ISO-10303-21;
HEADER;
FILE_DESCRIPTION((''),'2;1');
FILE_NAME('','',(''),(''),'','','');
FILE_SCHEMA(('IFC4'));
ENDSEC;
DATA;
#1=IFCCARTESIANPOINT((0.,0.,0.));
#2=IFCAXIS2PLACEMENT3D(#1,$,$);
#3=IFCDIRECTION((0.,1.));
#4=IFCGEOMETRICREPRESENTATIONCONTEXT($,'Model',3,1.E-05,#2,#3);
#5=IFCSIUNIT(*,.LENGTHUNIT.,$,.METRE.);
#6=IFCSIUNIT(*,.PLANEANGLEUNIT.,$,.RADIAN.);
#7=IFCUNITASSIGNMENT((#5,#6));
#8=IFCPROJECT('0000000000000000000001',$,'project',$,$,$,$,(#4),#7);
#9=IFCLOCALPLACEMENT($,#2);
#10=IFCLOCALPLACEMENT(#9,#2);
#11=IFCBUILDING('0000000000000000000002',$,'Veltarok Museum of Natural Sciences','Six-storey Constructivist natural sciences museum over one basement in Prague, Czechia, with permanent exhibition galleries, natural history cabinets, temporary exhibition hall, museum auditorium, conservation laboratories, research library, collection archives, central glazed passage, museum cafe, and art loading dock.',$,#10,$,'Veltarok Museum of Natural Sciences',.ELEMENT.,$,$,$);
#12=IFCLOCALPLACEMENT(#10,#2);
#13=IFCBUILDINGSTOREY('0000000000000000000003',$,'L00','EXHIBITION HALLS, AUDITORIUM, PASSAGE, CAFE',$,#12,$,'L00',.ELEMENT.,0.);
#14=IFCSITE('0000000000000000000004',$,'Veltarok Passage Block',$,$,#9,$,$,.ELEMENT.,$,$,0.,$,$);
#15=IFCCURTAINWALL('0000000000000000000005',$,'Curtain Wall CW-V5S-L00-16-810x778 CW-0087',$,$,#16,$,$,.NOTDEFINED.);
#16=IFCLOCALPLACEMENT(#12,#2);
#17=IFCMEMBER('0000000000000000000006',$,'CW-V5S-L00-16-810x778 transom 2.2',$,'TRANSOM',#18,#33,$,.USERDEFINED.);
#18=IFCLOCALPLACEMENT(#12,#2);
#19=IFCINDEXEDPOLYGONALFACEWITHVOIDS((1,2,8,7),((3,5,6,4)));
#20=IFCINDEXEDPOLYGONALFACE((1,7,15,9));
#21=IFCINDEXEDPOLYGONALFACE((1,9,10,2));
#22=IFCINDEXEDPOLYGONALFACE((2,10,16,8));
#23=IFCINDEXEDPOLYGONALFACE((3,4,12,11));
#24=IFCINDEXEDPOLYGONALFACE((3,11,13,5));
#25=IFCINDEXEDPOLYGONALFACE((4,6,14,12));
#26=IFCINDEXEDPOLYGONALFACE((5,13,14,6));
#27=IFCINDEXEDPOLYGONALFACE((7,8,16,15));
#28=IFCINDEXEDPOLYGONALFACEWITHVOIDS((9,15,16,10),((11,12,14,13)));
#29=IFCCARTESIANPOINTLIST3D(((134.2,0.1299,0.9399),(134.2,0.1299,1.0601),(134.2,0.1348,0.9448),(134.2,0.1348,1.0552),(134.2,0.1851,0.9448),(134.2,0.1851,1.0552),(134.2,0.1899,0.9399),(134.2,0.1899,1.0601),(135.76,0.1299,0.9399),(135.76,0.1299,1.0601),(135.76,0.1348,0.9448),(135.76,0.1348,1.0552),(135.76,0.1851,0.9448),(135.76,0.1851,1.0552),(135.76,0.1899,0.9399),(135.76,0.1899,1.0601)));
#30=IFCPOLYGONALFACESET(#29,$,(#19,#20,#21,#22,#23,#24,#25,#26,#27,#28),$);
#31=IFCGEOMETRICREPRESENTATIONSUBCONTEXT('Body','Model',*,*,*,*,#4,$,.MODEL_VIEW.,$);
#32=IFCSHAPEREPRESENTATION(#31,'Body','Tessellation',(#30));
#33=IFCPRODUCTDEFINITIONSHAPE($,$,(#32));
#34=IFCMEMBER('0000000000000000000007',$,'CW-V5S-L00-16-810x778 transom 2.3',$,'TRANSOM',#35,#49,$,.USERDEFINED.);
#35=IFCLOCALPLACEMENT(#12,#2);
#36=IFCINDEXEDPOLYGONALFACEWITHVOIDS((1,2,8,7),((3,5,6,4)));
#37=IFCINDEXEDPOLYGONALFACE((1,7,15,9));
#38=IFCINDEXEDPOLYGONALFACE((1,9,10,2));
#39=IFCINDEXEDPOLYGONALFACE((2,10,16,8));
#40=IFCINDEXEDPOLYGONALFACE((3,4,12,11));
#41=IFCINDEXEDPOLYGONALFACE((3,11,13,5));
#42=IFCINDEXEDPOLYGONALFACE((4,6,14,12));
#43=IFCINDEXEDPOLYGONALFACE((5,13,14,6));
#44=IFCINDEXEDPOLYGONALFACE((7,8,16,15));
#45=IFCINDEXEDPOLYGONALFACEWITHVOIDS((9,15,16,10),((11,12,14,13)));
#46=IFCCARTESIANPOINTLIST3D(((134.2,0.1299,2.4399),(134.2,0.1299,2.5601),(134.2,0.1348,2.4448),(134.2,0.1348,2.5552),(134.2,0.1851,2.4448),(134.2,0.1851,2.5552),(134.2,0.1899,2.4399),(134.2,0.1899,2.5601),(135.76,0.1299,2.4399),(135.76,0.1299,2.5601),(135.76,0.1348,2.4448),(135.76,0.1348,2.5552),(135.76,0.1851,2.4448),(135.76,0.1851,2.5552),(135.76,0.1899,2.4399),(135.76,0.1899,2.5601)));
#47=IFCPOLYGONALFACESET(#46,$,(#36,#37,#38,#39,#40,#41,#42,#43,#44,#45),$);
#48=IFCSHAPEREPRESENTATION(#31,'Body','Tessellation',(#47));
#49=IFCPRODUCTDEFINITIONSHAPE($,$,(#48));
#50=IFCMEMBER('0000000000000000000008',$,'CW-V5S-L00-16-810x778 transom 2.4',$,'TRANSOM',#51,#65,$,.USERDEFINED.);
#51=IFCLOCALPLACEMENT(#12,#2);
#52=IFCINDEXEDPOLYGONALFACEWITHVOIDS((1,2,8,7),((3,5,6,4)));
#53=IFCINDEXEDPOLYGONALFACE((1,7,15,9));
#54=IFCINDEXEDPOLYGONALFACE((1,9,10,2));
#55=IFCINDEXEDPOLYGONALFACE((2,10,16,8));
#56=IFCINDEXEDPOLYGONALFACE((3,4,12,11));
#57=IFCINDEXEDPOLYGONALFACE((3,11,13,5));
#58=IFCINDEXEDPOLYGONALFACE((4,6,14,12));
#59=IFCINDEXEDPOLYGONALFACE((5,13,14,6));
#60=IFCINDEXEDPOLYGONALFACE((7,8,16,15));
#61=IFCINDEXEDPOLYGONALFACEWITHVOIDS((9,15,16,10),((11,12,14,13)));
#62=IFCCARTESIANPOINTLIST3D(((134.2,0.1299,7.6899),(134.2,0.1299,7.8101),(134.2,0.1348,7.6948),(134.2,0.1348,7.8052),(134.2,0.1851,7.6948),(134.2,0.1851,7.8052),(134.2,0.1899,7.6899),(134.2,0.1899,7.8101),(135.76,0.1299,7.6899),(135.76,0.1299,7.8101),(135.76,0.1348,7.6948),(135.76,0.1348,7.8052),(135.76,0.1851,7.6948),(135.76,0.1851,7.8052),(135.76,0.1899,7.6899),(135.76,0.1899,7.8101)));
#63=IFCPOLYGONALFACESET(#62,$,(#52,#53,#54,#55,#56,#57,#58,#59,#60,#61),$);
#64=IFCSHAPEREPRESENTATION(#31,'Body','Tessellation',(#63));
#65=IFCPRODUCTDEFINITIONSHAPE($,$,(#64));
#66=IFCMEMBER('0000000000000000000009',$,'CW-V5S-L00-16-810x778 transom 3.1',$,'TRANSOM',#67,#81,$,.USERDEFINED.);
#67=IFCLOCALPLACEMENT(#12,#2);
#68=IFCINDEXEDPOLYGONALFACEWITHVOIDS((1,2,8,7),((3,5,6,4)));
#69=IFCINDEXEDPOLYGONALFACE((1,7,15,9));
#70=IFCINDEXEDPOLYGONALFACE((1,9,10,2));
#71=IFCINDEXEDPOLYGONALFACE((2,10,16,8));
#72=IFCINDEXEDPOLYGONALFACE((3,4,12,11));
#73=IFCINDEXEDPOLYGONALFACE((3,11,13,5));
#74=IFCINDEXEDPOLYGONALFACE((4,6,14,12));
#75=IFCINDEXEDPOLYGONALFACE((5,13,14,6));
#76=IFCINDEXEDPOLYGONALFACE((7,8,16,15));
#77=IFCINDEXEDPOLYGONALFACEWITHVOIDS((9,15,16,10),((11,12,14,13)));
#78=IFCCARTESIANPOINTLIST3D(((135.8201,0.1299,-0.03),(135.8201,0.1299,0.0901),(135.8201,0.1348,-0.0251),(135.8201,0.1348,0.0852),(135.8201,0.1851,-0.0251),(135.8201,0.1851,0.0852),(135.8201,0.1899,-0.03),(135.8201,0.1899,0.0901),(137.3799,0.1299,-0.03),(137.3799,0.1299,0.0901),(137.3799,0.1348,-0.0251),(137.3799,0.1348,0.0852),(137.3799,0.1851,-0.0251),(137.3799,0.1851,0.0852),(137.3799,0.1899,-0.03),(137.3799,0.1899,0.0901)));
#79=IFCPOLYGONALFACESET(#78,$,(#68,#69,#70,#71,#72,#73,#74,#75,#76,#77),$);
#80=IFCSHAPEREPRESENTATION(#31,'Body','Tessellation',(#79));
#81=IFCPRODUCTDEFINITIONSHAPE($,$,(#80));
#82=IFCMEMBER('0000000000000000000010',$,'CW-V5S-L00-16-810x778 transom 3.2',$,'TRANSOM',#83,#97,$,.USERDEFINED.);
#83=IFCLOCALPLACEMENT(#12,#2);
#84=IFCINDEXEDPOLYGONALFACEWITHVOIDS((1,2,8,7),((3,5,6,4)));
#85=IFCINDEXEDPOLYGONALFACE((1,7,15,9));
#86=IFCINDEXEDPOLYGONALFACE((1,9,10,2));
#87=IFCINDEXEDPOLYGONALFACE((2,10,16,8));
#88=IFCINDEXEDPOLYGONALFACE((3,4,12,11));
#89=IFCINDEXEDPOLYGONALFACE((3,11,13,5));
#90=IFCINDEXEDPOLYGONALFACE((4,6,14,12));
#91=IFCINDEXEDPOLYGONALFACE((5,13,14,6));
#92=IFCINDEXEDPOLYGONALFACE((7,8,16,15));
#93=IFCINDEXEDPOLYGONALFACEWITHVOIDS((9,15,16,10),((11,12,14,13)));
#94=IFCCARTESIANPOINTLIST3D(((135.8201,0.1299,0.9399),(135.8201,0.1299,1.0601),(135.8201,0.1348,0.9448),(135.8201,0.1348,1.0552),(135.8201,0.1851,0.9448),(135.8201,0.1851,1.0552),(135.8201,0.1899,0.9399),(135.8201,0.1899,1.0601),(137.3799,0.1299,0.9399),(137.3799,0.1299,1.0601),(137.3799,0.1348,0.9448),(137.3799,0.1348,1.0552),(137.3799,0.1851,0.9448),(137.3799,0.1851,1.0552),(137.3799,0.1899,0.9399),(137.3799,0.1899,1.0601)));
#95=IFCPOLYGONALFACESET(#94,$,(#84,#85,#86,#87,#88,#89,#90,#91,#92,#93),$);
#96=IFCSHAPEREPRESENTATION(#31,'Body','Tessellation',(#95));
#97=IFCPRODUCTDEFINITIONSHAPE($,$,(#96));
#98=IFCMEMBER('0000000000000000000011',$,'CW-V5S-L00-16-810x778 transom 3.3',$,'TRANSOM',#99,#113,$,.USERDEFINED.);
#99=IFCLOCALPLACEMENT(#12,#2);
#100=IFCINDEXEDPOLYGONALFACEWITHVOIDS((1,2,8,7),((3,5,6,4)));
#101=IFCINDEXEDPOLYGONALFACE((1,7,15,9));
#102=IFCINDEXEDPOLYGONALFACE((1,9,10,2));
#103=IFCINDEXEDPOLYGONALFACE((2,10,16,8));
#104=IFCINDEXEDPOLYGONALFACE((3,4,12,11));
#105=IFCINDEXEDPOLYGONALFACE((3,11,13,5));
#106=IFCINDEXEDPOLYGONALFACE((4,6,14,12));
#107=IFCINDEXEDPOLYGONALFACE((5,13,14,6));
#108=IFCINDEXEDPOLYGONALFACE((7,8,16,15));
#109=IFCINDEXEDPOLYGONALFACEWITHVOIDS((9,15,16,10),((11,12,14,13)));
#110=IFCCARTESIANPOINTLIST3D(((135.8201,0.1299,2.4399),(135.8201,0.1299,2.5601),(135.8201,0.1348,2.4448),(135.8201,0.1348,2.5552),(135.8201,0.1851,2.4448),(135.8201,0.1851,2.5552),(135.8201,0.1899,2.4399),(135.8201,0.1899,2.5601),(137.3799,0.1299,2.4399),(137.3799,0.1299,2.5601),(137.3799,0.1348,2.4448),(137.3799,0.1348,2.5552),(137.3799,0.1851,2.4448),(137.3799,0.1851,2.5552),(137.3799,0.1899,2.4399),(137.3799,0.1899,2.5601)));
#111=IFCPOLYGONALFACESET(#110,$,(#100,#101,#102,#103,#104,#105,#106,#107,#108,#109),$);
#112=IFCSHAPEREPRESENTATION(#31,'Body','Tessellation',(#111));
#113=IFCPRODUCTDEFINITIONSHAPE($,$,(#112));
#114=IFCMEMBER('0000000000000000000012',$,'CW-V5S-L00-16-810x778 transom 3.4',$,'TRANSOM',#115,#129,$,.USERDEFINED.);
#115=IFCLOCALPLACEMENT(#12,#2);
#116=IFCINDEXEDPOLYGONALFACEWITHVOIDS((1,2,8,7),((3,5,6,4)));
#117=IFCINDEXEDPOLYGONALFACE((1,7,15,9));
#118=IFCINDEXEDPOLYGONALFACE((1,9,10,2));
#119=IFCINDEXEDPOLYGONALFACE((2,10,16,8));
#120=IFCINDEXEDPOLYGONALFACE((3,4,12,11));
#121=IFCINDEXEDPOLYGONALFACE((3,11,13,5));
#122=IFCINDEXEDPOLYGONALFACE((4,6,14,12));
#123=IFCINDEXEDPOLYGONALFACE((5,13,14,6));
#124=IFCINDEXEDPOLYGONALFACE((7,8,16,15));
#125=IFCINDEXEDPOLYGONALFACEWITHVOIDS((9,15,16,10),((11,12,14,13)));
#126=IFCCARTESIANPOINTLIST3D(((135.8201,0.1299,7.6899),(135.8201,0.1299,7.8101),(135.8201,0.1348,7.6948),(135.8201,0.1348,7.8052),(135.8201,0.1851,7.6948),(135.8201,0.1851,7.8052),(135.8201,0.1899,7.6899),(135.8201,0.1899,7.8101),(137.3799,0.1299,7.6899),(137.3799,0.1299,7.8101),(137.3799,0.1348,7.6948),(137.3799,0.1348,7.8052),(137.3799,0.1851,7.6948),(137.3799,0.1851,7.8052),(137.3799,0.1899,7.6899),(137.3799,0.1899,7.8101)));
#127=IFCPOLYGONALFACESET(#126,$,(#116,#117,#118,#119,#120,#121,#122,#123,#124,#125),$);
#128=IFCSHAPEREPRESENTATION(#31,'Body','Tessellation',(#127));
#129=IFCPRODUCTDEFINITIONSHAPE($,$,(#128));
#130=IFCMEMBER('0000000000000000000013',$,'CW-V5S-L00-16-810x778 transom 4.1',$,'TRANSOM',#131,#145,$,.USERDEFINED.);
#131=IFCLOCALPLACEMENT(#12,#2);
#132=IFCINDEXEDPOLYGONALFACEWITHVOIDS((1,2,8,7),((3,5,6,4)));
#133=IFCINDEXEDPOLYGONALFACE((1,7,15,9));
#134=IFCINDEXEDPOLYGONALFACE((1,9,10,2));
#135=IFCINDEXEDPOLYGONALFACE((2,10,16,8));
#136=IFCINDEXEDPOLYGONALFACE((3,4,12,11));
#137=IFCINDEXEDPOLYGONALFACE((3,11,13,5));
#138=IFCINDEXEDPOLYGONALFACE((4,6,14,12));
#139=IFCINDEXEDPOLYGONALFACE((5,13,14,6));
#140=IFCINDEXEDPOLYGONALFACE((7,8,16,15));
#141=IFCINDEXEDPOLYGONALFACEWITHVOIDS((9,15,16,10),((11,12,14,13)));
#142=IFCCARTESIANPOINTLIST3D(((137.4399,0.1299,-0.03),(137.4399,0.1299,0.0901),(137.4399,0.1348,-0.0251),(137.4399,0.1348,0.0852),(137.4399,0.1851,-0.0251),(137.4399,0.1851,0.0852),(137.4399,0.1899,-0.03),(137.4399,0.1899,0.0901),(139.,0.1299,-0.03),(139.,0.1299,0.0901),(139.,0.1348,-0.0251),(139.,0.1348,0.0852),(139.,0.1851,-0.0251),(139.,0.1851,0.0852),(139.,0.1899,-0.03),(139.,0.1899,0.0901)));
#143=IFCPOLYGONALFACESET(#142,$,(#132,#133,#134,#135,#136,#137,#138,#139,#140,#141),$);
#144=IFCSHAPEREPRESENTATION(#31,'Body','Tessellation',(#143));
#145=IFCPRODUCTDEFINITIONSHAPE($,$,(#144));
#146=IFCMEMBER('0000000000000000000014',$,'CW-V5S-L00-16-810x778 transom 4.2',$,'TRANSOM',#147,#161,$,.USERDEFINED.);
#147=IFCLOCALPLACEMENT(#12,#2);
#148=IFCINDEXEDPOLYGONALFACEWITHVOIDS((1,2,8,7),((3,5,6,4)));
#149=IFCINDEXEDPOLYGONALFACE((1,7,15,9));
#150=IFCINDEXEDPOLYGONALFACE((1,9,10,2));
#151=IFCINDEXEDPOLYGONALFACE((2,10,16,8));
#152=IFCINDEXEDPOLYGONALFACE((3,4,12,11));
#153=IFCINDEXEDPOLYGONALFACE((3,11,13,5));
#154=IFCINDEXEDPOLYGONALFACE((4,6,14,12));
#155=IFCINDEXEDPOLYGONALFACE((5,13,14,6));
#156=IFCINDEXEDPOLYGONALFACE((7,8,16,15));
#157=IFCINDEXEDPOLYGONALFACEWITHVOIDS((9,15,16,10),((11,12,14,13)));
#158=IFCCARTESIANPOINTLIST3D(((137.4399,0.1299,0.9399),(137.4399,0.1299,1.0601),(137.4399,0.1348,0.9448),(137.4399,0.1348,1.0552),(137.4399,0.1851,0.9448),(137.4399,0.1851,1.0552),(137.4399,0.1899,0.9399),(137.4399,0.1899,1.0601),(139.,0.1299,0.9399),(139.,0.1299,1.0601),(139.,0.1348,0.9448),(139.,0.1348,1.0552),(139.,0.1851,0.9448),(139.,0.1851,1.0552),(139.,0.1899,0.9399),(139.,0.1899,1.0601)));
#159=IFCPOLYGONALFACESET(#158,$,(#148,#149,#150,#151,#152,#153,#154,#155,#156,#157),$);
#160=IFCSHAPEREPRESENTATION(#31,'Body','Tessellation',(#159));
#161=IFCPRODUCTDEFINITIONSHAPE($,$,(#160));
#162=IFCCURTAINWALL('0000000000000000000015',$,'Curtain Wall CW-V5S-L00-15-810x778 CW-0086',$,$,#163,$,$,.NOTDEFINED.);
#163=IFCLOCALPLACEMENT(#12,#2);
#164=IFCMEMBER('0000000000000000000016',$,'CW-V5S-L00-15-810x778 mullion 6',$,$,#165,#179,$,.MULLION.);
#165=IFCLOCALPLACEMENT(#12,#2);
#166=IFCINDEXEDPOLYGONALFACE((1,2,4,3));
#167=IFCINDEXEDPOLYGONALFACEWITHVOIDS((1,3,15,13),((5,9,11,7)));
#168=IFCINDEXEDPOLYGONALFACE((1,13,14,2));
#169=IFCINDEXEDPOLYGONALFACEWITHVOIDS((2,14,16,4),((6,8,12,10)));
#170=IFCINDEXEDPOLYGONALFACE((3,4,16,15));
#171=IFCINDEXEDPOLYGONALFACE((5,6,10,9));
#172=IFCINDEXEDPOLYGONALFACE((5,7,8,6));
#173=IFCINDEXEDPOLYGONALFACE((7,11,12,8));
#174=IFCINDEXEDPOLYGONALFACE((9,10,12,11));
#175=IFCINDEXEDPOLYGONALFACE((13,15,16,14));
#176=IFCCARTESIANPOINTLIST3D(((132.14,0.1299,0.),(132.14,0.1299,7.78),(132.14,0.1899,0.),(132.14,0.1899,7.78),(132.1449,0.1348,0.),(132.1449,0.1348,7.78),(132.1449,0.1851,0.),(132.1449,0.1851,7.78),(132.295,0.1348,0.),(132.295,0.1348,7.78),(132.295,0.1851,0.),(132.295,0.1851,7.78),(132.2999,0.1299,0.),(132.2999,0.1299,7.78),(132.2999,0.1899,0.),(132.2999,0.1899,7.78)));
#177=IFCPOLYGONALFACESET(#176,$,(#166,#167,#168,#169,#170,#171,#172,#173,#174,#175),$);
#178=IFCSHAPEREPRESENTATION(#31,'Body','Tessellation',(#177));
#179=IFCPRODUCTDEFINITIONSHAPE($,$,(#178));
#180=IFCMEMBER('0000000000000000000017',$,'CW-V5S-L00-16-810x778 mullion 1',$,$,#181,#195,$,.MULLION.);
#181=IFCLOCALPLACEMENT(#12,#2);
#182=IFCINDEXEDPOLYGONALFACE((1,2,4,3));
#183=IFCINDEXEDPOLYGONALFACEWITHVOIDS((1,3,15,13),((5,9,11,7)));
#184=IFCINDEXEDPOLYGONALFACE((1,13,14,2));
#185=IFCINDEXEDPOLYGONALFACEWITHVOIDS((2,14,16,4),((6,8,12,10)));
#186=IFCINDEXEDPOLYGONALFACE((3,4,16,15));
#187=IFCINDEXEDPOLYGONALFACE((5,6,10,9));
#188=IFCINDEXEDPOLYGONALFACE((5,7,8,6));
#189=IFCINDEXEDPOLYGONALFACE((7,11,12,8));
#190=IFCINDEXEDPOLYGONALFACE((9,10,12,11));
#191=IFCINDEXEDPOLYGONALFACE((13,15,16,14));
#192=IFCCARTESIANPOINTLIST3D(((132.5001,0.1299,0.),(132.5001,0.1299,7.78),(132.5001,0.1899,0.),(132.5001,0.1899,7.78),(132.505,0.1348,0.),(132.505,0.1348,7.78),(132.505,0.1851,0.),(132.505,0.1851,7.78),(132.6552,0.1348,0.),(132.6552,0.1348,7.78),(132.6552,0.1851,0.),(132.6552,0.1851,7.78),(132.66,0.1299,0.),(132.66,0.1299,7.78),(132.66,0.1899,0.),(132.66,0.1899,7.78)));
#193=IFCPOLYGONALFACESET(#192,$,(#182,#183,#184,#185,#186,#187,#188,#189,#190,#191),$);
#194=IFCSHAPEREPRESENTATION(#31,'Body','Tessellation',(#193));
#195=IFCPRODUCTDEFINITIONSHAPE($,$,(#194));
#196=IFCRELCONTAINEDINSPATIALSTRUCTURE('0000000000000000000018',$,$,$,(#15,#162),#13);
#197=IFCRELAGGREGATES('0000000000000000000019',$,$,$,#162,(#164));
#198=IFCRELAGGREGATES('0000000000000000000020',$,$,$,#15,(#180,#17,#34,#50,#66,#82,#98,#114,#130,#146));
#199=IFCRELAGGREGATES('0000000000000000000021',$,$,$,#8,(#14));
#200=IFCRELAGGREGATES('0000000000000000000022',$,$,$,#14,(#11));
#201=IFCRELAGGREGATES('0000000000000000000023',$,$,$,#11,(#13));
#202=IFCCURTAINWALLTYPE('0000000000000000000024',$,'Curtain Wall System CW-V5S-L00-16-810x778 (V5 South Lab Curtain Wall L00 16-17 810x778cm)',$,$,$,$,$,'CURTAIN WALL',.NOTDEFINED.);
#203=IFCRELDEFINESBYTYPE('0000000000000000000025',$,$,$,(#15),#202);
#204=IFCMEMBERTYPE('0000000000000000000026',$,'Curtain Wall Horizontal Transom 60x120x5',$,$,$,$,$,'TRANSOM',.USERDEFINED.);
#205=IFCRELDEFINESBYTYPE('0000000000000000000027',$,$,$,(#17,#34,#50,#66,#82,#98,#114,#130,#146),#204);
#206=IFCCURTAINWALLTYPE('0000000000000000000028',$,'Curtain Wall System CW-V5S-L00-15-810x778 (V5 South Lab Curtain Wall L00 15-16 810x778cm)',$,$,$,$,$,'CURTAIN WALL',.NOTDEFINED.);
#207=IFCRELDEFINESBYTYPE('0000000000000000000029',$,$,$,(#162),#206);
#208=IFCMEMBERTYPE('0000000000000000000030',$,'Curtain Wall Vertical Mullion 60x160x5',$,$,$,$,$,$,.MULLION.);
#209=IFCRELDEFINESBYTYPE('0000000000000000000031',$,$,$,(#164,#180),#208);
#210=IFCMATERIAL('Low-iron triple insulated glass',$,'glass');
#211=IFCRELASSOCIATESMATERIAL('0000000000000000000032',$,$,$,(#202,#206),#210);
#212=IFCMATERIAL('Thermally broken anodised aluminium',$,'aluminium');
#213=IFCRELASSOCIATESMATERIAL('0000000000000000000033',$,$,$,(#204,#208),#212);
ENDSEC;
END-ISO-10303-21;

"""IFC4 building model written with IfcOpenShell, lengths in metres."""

from ifc_helpers import new_model, si_unit, direction, frame, origin, origin_2d, place, context, subcontext, project, spatial, hollow_rectangle, extrude, material, material_profile, profile_set, type_object, element, aggregate, save


model = new_model("IFC4")

# Units and contexts
model_context = context("Model", 3, precision=1e-05, world=origin(), true_north=direction((0.0, 1.0)))
body_context = subcontext(model_context, "Body", "Model", "MODEL_VIEW")
ifc_project = project(units=[si_unit("LENGTHUNIT", "METRE"), si_unit("PLANEANGLEUNIT", "RADIAN")], contexts=[model_context])

# Site, building, storey
site_placement = place(None, origin())
site = spatial("IfcSite", under=ifc_project, at=site_placement, Name="Veltarok Passage Block", CompositionType="ELEMENT", RefElevation=0.0)
building_placement = place(site_placement, origin())
building = spatial("IfcBuilding", under=site, at=building_placement, Name="Veltarok Museum of Natural Sciences", Description="Six-storey Constructivist natural sciences museum over one basement in Prague, Czechia, with permanent exhibition galleries, natural history cabinets, temporary exhibition hall, museum auditorium, conservation laboratories, research library, collection archives, central glazed passage, museum cafe, and art loading dock.", LongName="Veltarok Museum of Natural Sciences", CompositionType="ELEMENT")
storey_placement = place(building_placement, origin())
storey = spatial("IfcBuildingStorey", under=building, at=storey_placement, Name="L00", Description="EXHIBITION HALLS, AUDITORIUM, PASSAGE, CAFE", LongName="L00", CompositionType="ELEMENT", Elevation=0.0)

# Curtain wall, members
ifc_material_1 = material(Name="Low-iron triple insulated glass", Category="glass")
curtain_wall_type_1 = type_object("IfcCurtainWallType", Name="Curtain Wall System CW-V5S-L00-16-810x778 (V5 South Lab Curtain Wall L00 16-17 810x778cm)", ElementType="CURTAIN WALL", PredefinedType="NOTDEFINED", material=ifc_material_1)
curtain_wall_1_placement = place(storey_placement, origin())
curtain_wall_1 = element("IfcCurtainWall", 1, at=curtain_wall_1_placement, inside=storey, type_object=curtain_wall_type_1, Name="Curtain Wall CW-V5S-L00-16-810x778 CW-0087", PredefinedType="NOTDEFINED")
ifc_material_2 = material(Name="Thermally broken anodised aluminium", Category="aluminium")
ifc_material_profile_1 = material_profile(ifc_material_2, hollow_rectangle(XDim=0.0601, YDim=0.1201, WallThickness=0.0049, at=origin_2d()), Name="CW TRANSOM 60x120x5")
ifc_profile_set_1 = profile_set([ifc_material_profile_1], Name="Thermally broken anodised aluminium")
member_type_1 = type_object("IfcMemberType", Name="Curtain Wall Horizontal Transom 60x120x5", ElementType="TRANSOM", PredefinedType="USERDEFINED", material=ifc_profile_set_1)
member_1_placement = place(storey_placement, frame((134.2, 0.1599, 1.0), z_axis=(1.0, 0.0, 0.0), x_axis=(0.0, 1.0, 0.0)))
member_1 = element("IfcMember", 2, at=member_1_placement, type_object=member_type_1, Name="CW-V5S-L00-16-810x778 transom 2.2", ObjectType="TRANSOM", PredefinedType="USERDEFINED", context=body_context, shape_type="SweptSolid", body=[
    extrude(hollow_rectangle(XDim=0.0601, YDim=0.1201, WallThickness=0.0049, at=origin_2d()), origin(), (0.0, 0.0, 1.0), 1.5601),
])
member_2_placement = place(storey_placement, frame((134.2, 0.1599, 2.5), z_axis=(1.0, 0.0, 0.0), x_axis=(0.0, 1.0, 0.0)))
member_2 = element("IfcMember", 3, at=member_2_placement, type_object=member_type_1, Name="CW-V5S-L00-16-810x778 transom 2.3", ObjectType="TRANSOM", PredefinedType="USERDEFINED", context=body_context, shape_type="SweptSolid", body=[
    extrude(hollow_rectangle(XDim=0.0601, YDim=0.1201, WallThickness=0.0049, at=origin_2d()), origin(), (0.0, 0.0, 1.0), 1.5601),
])
member_3_placement = place(storey_placement, frame((134.2, 0.1599, 7.75), z_axis=(1.0, 0.0, 0.0), x_axis=(0.0, 1.0, 0.0)))
member_3 = element("IfcMember", 4, at=member_3_placement, type_object=member_type_1, Name="CW-V5S-L00-16-810x778 transom 2.4", ObjectType="TRANSOM", PredefinedType="USERDEFINED", context=body_context, shape_type="SweptSolid", body=[
    extrude(hollow_rectangle(XDim=0.0601, YDim=0.1201, WallThickness=0.0049, at=origin_2d()), origin(), (0.0, 0.0, 1.0), 1.5601),
])
member_4_placement = place(storey_placement, frame((135.8201, 0.1599, 0.03), z_axis=(1.0, 0.0, 0.0), x_axis=(0.0, 1.0, 0.0)))
member_4 = element("IfcMember", 5, at=member_4_placement, type_object=member_type_1, Name="CW-V5S-L00-16-810x778 transom 3.1", ObjectType="TRANSOM", PredefinedType="USERDEFINED", context=body_context, shape_type="SweptSolid", body=[
    extrude(hollow_rectangle(XDim=0.0601, YDim=0.1201, WallThickness=0.0049, at=origin_2d()), origin(), (0.0, 0.0, 1.0), 1.5598),
])
member_5_placement = place(storey_placement, frame((135.8201, 0.1599, 1.0), z_axis=(1.0, 0.0, 0.0), x_axis=(0.0, 1.0, 0.0)))
member_5 = element("IfcMember", 6, at=member_5_placement, type_object=member_type_1, Name="CW-V5S-L00-16-810x778 transom 3.2", ObjectType="TRANSOM", PredefinedType="USERDEFINED", context=body_context, shape_type="SweptSolid", body=[
    extrude(hollow_rectangle(XDim=0.0601, YDim=0.1201, WallThickness=0.0049, at=origin_2d()), origin(), (0.0, 0.0, 1.0), 1.5598),
])
member_6_placement = place(storey_placement, frame((135.8201, 0.1599, 2.5), z_axis=(1.0, 0.0, 0.0), x_axis=(0.0, 1.0, 0.0)))
member_6 = element("IfcMember", 7, at=member_6_placement, type_object=member_type_1, Name="CW-V5S-L00-16-810x778 transom 3.3", ObjectType="TRANSOM", PredefinedType="USERDEFINED", context=body_context, shape_type="SweptSolid", body=[
    extrude(hollow_rectangle(XDim=0.0601, YDim=0.1201, WallThickness=0.0049, at=origin_2d()), origin(), (0.0, 0.0, 1.0), 1.5598),
])
member_7_placement = place(storey_placement, frame((135.8201, 0.1599, 7.75), z_axis=(1.0, 0.0, 0.0), x_axis=(0.0, 1.0, 0.0)))
member_7 = element("IfcMember", 8, at=member_7_placement, type_object=member_type_1, Name="CW-V5S-L00-16-810x778 transom 3.4", ObjectType="TRANSOM", PredefinedType="USERDEFINED", context=body_context, shape_type="SweptSolid", body=[
    extrude(hollow_rectangle(XDim=0.0601, YDim=0.1201, WallThickness=0.0049, at=origin_2d()), origin(), (0.0, 0.0, 1.0), 1.5598),
])
member_8_placement = place(storey_placement, frame((137.4399, 0.1599, 0.03), z_axis=(1.0, 0.0, 0.0), x_axis=(0.0, 1.0, 0.0)))
member_8 = element("IfcMember", 9, at=member_8_placement, type_object=member_type_1, Name="CW-V5S-L00-16-810x778 transom 4.1", ObjectType="TRANSOM", PredefinedType="USERDEFINED", context=body_context, shape_type="SweptSolid", body=[
    extrude(hollow_rectangle(XDim=0.0601, YDim=0.1201, WallThickness=0.0049, at=origin_2d()), origin(), (0.0, 0.0, 1.0), 1.5601),
])
member_9_placement = place(storey_placement, frame((137.4399, 0.1599, 1.0), z_axis=(1.0, 0.0, 0.0), x_axis=(0.0, 1.0, 0.0)))
member_9 = element("IfcMember", 10, at=member_9_placement, type_object=member_type_1, Name="CW-V5S-L00-16-810x778 transom 4.2", ObjectType="TRANSOM", PredefinedType="USERDEFINED", context=body_context, shape_type="SweptSolid", body=[
    extrude(hollow_rectangle(XDim=0.0601, YDim=0.1201, WallThickness=0.0049, at=origin_2d()), origin(), (0.0, 0.0, 1.0), 1.5601),
])

# Curtain wall, member
curtain_wall_type_2 = type_object("IfcCurtainWallType", Name="Curtain Wall System CW-V5S-L00-15-810x778 (V5 South Lab Curtain Wall L00 15-16 810x778cm)", ElementType="CURTAIN WALL", PredefinedType="NOTDEFINED", material=ifc_material_1)
curtain_wall_2_placement = place(storey_placement, origin())
curtain_wall_2 = element("IfcCurtainWall", 11, at=curtain_wall_2_placement, inside=storey, type_object=curtain_wall_type_2, Name="Curtain Wall CW-V5S-L00-15-810x778 CW-0086", PredefinedType="NOTDEFINED")
ifc_material_profile_2 = material_profile(ifc_material_2, hollow_rectangle(XDim=0.0601, YDim=0.1599, WallThickness=0.0049, at=origin_2d()), Name="CW MULLION 60x160x5")
ifc_profile_set_2 = profile_set([ifc_material_profile_2], Name="Thermally broken anodised aluminium")
member_type_2 = type_object("IfcMemberType", Name="Curtain Wall Vertical Mullion 60x160x5", PredefinedType="MULLION", material=ifc_profile_set_2)
member_10_placement = place(storey_placement, frame((132.22, 0.1599, 0.0), z_axis=(0.0, 0.0, 1.0), x_axis=(0.0, 1.0, 0.0)))
member_10 = element("IfcMember", 12, at=member_10_placement, type_object=member_type_2, Name="CW-V5S-L00-15-810x778 mullion 6", PredefinedType="MULLION", context=body_context, shape_type="SweptSolid", body=[
    extrude(hollow_rectangle(XDim=0.0601, YDim=0.1599, WallThickness=0.0049, at=origin_2d()), origin(), (0.0, 0.0, 1.0), 7.78),
])
aggregate(curtain_wall_2, [member_10])

# Member
member_11_placement = place(storey_placement, frame((132.5801, 0.1599, 0.0), z_axis=(0.0, 0.0, 1.0), x_axis=(0.0, 1.0, 0.0)))
member_11 = element("IfcMember", 13, at=member_11_placement, type_object=member_type_2, Name="CW-V5S-L00-16-810x778 mullion 1", PredefinedType="MULLION", context=body_context, shape_type="SweptSolid", body=[
    extrude(hollow_rectangle(XDim=0.0601, YDim=0.1599, WallThickness=0.0049, at=origin_2d()), origin(), (0.0, 0.0, 1.0), 7.78),
])

aggregate(curtain_wall_1, [member_11, member_1, member_2, member_3, member_4, member_5, member_6, member_7, member_8, member_9])

save(model, "model.ifc")
